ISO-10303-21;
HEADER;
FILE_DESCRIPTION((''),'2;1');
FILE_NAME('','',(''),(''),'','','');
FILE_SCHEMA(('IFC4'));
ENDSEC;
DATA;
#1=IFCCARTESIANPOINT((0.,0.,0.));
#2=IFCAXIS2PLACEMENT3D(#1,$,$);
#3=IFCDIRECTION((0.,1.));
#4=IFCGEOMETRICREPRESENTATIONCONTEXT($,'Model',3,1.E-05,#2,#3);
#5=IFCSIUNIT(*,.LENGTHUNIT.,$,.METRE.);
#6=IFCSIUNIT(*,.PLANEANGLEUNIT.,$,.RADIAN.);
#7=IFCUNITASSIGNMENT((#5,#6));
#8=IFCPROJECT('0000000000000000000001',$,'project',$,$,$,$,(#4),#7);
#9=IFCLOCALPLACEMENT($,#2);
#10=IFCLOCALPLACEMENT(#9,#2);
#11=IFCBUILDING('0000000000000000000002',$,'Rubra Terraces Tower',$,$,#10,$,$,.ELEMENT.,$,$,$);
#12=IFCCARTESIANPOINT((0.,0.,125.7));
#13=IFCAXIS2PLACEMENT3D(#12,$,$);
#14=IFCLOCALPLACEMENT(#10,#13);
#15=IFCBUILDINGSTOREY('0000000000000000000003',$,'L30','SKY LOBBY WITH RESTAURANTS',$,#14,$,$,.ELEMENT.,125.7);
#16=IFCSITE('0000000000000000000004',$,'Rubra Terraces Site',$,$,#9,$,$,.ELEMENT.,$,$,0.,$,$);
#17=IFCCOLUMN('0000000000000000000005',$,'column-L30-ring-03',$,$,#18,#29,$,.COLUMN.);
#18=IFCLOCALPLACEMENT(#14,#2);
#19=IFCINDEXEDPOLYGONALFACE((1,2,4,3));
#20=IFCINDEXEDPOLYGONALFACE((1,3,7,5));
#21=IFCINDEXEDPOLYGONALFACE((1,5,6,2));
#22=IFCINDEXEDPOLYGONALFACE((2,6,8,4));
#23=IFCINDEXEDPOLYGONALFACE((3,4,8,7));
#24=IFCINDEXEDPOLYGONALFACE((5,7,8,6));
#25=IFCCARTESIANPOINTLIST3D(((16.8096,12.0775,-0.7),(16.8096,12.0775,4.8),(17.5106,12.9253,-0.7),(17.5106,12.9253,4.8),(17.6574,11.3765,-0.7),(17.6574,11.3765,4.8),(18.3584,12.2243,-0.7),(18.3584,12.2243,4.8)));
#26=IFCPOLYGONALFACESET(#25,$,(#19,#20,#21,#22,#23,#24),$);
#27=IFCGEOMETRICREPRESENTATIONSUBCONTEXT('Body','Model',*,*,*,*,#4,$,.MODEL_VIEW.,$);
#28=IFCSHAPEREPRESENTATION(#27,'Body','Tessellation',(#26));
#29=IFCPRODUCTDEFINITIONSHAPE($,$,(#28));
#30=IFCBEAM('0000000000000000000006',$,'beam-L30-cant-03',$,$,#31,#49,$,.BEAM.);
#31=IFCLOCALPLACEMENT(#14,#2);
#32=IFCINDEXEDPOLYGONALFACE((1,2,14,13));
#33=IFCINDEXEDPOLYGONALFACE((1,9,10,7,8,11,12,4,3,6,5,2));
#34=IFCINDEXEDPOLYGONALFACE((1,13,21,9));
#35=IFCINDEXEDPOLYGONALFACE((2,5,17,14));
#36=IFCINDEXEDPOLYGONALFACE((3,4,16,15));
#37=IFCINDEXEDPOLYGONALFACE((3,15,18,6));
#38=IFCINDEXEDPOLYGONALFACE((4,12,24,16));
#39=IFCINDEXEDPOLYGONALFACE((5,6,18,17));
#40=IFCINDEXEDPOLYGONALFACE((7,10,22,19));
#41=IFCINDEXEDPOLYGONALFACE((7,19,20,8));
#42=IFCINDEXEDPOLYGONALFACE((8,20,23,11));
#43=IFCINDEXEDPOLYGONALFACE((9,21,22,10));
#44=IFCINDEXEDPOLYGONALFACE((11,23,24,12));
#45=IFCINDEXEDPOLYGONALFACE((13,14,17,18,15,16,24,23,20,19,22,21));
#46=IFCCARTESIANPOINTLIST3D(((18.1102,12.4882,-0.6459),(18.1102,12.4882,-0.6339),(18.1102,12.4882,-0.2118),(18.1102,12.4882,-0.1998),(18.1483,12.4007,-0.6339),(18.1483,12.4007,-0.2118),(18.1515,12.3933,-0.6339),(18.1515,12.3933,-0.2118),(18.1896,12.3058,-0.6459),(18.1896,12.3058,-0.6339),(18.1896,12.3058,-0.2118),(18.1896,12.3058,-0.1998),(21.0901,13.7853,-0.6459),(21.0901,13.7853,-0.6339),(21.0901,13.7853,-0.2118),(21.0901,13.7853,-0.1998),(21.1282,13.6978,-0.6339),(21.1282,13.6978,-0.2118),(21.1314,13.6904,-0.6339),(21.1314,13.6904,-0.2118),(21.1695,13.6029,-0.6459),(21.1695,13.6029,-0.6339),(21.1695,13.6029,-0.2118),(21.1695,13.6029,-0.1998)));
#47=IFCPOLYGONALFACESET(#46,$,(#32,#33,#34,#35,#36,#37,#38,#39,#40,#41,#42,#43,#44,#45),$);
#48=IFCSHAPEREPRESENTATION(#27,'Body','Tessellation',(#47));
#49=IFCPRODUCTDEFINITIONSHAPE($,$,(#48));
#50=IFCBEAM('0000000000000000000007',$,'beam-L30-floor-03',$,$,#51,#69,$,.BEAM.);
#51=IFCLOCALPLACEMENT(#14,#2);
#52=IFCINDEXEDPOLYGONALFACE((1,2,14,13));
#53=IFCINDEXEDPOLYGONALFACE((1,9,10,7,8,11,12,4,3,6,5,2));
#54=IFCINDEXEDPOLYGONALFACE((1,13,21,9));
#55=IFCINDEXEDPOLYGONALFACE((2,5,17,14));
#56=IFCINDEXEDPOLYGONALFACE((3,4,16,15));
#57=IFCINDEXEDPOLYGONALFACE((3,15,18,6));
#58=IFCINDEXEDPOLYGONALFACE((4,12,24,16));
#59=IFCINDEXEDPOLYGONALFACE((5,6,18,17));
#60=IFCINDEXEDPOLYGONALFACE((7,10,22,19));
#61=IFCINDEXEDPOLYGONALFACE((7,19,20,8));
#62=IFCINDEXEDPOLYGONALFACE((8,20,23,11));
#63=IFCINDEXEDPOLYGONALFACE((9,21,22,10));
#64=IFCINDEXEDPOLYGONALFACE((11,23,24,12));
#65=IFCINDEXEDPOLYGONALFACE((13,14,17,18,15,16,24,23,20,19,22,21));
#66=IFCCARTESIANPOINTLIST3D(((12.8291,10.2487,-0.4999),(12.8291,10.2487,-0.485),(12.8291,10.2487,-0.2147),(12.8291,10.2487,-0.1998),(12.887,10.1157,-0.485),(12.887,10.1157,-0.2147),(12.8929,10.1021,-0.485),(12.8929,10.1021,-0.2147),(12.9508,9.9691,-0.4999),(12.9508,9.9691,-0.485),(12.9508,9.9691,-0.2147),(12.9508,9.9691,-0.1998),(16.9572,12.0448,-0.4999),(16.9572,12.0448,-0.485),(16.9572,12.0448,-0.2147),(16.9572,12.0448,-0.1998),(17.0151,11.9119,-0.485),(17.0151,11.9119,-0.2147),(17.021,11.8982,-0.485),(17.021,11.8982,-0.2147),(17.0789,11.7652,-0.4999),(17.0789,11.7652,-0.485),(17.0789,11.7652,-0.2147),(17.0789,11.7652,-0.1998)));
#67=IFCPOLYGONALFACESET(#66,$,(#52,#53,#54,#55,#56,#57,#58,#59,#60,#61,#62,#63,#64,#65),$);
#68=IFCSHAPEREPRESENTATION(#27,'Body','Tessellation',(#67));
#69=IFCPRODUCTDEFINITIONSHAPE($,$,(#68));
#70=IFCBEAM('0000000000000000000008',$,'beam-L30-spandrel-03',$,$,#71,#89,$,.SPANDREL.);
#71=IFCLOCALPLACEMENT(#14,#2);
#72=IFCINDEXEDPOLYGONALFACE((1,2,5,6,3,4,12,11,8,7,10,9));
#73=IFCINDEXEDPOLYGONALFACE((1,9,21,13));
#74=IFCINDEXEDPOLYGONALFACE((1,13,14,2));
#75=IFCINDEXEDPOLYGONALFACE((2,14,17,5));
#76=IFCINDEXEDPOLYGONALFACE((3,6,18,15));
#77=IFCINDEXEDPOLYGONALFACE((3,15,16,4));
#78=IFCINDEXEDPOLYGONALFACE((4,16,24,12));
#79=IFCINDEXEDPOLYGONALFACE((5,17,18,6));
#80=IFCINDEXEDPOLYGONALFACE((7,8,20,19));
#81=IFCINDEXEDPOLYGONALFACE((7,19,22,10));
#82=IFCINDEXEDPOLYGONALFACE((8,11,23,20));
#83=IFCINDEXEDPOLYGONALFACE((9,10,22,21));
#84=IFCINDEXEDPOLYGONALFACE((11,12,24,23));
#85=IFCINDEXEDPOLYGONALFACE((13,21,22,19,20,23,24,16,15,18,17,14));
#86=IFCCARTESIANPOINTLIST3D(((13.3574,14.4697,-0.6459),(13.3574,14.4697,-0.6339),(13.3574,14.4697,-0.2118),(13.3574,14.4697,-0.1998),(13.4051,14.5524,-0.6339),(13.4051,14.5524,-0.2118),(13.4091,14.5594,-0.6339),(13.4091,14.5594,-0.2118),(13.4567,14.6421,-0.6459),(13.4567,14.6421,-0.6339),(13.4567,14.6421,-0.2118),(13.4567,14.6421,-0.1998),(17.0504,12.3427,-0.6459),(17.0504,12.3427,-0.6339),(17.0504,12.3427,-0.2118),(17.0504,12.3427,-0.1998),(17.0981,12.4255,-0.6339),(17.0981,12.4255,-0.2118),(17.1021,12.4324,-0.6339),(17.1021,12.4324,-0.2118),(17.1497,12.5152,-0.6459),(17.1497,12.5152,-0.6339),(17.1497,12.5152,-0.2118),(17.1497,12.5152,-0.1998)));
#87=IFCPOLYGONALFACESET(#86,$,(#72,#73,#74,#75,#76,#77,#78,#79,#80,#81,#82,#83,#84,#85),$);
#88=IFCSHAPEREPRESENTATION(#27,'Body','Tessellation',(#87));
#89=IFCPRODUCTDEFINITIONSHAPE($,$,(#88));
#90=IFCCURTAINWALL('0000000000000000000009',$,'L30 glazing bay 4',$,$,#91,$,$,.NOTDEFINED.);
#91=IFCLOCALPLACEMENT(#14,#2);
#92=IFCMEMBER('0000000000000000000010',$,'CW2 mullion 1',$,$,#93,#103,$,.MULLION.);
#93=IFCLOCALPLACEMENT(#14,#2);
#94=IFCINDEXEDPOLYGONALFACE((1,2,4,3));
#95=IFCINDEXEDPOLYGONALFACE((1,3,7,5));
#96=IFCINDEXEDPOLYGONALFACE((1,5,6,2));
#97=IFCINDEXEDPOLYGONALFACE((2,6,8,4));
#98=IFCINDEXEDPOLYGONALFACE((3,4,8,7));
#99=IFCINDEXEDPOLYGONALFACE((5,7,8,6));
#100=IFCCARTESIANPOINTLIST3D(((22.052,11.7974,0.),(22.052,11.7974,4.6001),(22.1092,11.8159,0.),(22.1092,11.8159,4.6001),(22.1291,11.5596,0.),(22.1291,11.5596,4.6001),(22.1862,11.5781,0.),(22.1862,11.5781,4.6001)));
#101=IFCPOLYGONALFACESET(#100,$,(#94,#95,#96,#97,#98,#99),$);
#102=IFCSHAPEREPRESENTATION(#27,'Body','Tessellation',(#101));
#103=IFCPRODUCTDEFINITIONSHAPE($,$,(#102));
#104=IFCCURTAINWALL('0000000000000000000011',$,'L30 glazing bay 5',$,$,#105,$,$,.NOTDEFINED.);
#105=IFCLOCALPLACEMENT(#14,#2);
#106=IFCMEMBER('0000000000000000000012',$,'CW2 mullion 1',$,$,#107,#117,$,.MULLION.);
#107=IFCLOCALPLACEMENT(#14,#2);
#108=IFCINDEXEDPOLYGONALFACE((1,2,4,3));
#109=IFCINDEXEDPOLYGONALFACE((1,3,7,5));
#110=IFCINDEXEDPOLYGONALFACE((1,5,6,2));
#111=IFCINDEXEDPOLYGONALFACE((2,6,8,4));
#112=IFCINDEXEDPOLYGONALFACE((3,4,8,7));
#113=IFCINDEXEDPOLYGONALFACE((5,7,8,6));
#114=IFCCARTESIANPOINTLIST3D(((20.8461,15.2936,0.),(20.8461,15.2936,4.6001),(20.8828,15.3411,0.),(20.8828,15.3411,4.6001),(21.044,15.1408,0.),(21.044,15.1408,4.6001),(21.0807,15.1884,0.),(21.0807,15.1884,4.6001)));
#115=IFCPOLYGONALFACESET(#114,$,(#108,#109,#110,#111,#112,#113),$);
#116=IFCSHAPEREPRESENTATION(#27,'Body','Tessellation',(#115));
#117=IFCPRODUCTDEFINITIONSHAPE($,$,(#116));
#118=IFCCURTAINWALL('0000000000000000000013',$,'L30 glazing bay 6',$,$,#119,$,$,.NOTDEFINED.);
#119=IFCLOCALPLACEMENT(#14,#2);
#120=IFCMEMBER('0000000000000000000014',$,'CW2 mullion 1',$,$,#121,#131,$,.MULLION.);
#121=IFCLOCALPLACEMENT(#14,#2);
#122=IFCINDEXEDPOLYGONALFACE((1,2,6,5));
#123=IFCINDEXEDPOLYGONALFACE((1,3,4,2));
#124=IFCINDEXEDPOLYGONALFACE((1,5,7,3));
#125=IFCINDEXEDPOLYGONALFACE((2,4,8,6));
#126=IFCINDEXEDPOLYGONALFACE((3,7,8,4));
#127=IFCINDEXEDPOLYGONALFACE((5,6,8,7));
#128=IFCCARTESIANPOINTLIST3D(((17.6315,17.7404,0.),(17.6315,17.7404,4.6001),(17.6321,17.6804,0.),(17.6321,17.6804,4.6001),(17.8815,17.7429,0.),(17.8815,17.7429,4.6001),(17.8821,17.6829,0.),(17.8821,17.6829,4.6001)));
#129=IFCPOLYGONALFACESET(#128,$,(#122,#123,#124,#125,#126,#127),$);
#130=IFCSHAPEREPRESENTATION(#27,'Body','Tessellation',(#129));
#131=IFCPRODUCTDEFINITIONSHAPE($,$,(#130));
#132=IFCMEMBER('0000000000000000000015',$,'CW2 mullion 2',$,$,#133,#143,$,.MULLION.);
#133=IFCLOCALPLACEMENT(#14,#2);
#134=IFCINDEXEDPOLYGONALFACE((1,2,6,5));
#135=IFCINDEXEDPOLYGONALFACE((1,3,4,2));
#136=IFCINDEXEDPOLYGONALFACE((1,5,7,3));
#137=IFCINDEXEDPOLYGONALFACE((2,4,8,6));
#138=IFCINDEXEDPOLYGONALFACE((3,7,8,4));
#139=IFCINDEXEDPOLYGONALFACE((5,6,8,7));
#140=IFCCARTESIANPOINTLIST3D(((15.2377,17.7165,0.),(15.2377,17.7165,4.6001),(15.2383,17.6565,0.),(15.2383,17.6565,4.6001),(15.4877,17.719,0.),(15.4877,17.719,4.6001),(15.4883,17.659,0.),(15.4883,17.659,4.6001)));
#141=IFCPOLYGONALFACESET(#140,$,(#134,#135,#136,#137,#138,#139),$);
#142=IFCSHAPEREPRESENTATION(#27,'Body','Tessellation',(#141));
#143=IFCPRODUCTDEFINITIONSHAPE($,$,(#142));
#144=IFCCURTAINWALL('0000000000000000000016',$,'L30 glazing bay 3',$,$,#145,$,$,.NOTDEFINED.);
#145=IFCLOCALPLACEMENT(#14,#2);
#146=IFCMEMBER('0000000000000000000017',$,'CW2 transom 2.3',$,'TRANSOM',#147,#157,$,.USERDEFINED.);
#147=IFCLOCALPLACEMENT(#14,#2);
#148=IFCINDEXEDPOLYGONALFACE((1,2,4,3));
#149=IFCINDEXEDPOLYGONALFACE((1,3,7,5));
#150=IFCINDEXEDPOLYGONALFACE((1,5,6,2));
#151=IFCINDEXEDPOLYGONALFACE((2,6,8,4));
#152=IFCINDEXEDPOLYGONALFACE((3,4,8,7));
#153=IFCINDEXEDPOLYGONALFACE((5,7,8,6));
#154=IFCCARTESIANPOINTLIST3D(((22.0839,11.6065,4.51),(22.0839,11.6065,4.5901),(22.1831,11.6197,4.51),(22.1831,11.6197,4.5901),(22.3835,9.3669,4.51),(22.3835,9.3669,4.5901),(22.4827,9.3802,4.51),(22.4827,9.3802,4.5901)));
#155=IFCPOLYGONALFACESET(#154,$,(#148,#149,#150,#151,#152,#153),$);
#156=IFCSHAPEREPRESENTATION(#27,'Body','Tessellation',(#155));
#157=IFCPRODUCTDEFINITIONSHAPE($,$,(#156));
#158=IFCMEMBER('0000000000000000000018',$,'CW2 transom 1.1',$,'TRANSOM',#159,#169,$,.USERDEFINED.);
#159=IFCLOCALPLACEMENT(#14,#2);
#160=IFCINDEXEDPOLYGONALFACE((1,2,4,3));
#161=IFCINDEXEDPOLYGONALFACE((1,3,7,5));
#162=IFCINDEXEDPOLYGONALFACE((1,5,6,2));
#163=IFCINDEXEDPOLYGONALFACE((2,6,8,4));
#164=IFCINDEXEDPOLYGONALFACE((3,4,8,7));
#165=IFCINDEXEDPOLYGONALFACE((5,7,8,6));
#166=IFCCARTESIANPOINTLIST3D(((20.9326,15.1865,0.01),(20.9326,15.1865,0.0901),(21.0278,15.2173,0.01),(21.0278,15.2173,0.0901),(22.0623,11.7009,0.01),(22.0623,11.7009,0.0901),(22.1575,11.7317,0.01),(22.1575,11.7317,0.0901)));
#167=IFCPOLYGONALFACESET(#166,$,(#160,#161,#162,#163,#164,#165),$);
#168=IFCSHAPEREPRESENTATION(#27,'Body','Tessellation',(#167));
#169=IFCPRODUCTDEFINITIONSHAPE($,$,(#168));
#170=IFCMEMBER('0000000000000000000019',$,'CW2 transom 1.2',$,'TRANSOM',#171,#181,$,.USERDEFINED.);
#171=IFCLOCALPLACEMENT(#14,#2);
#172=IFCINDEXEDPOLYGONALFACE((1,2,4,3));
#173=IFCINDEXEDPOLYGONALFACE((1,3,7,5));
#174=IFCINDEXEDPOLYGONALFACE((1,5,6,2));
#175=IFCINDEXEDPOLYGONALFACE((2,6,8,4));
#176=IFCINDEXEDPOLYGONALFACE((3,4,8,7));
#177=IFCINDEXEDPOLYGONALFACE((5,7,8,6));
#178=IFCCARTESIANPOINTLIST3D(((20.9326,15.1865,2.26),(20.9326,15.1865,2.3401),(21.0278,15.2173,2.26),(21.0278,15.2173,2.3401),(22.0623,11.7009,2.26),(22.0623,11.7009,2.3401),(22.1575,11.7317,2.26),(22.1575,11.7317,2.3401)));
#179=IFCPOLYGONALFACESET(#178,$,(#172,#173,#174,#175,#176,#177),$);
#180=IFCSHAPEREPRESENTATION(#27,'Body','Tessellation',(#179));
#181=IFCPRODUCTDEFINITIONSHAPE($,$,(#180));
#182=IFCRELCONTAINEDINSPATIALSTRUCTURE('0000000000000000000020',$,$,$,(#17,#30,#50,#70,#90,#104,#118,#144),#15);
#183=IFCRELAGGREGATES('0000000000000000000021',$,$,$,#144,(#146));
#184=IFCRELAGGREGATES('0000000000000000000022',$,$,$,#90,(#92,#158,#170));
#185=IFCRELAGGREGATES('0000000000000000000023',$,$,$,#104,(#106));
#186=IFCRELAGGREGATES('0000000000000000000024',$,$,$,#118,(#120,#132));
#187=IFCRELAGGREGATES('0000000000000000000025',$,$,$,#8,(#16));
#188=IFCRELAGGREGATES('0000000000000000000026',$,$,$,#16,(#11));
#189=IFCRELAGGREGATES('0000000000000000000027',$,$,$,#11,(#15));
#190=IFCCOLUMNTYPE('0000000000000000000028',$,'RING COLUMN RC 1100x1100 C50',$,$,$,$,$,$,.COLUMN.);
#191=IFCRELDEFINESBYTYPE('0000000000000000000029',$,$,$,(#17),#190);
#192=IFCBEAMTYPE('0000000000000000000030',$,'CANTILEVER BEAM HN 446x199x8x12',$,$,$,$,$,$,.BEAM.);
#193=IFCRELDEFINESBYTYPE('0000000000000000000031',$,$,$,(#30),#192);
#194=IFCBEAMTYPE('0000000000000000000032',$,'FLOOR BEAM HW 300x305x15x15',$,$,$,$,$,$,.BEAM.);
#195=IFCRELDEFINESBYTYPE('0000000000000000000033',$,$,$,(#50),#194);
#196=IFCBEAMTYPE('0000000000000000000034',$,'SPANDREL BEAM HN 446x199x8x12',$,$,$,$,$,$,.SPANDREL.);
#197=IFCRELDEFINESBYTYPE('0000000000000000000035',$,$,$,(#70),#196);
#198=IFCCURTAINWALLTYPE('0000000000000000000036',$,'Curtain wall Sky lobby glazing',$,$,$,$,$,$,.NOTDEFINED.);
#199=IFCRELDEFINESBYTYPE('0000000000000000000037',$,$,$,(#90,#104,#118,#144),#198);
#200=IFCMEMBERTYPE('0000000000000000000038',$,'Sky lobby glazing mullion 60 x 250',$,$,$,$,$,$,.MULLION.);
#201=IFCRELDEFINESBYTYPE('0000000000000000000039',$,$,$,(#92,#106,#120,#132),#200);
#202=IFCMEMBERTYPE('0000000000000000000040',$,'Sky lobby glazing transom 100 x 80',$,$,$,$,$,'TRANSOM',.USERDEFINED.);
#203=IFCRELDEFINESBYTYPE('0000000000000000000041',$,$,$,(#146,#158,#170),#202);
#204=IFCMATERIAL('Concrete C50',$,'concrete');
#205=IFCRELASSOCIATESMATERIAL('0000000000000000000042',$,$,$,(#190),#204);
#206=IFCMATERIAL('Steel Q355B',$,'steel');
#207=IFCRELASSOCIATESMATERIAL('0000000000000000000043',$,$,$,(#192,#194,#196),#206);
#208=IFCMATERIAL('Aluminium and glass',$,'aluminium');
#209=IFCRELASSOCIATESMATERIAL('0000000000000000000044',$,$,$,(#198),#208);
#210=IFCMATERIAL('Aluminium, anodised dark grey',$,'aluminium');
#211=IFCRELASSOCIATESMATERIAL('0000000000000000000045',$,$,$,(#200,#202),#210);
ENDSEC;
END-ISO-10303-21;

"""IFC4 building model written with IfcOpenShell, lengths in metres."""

from ifc_helpers import new_model, si_unit, direction, frame, origin, origin_2d, place, context, subcontext, project, spatial, rectangle, i_section, extrude, material, material_profile, profile_set, type_object, element, aggregate, save


model = new_model("IFC4")

# Units and contexts
model_context = context("Model", 3, precision=1e-05, world=origin(), true_north=direction((0.0, 1.0)))
body_context = subcontext(model_context, "Body", "Model", "MODEL_VIEW")
ifc_project = project(units=[si_unit("LENGTHUNIT", "METRE"), si_unit("PLANEANGLEUNIT", "RADIAN")], contexts=[model_context])

# Site, building, storey
site_placement = place(None, origin())
site = spatial("IfcSite", under=ifc_project, at=site_placement, Name="Rubra Terraces Site", CompositionType="ELEMENT", RefElevation=0.0)
building_placement = place(site_placement, origin())
building = spatial("IfcBuilding", under=site, at=building_placement, Name="Rubra Terraces Tower", CompositionType="ELEMENT")
storey_placement = place(building_placement, frame((0.0, 0.0, 125.7)))
storey = spatial("IfcBuildingStorey", under=building, at=storey_placement, Name="L30", Description="SKY LOBBY WITH RESTAURANTS", CompositionType="ELEMENT", Elevation=125.7)

# Column
ifc_material_1 = material(Name="Concrete C50", Category="concrete")
ifc_material_profile_1 = material_profile(ifc_material_1, rectangle(XDim=1.1001, YDim=1.1001, at=origin_2d()), Name="RC 1100x1100")
ifc_profile_set_1 = profile_set([ifc_material_profile_1], Name="Concrete C50")
column_type = type_object("IfcColumnType", Name="RING COLUMN RC 1100x1100 C50", PredefinedType="COLUMN", material=ifc_profile_set_1)
column_placement = place(storey_placement, frame((17.584, 12.1509, -0.7), z_axis=(0.0, 0.0, 1.0), x_axis=(-0.770679, 0.637223, 0.0)))
element("IfcColumn", 1, at=column_placement, inside=storey, type_object=column_type, Name="column-L30-ring-03", PredefinedType="COLUMN", context=body_context, shape_type="SweptSolid", body=[
    extrude(rectangle(XDim=1.1001, YDim=1.1001, at=origin_2d()), origin(), (0.0, 0.0, 1.0), 5.5),
])

# Beams
ifc_material_2 = material(Name="Steel Q355B", Category="steel")
ifc_material_profile_2 = material_profile(ifc_material_2, i_section(OverallWidth=0.199, OverallDepth=0.446, WebThickness=0.0081, FlangeThickness=0.012, at=origin_2d()), Name="HN 446x199x8x12")
ifc_profile_set_2 = profile_set([ifc_material_profile_2], Name="Steel Q355B")
beam_type_1 = type_object("IfcBeamType", Name="CANTILEVER BEAM HN 446x199x8x12", PredefinedType="BEAM", material=ifc_profile_set_2)
beam_1_placement = place(storey_placement, frame((18.1499, 12.397, -0.4229), z_axis=(0.916904, 0.399108, 0.0), x_axis=(-0.399108, 0.916904, 0.0)))
element("IfcBeam", 2, at=beam_1_placement, inside=storey, type_object=beam_type_1, Name="beam-L30-cant-03", PredefinedType="BEAM", context=body_context, shape_type="SweptSolid", body=[
    extrude(i_section(OverallWidth=0.199, OverallDepth=0.446, WebThickness=0.0081, FlangeThickness=0.012, at=origin_2d()), origin(), (0.0, 0.0, 1.0), 3.25),
])
ifc_material_profile_3 = material_profile(ifc_material_2, i_section(OverallWidth=0.3049, OverallDepth=0.3, WebThickness=0.0149, FlangeThickness=0.0149, at=origin_2d()), Name="HW 300x305x15x15")
ifc_profile_set_3 = profile_set([ifc_material_profile_3], Name="Steel Q355B")
beam_type_2 = type_object("IfcBeamType", Name="FLOOR BEAM HW 300x305x15x15", PredefinedType="BEAM", material=ifc_profile_set_3)
beam_2_placement = place(storey_placement, frame((17.0181, 11.905, -0.3499), z_axis=(-0.916966, -0.398966, 0.0), x_axis=(0.398966, -0.916966, 0.0)))
element("IfcBeam", 3, at=beam_2_placement, inside=storey, type_object=beam_type_2, Name="beam-L30-floor-03", PredefinedType="BEAM", context=body_context, shape_type="SweptSolid", body=[
    extrude(i_section(OverallWidth=0.3049, OverallDepth=0.3, WebThickness=0.0149, FlangeThickness=0.0149, at=origin_2d()), origin(), (0.0, 0.0, 1.0), 4.502),
])
ifc_material_profile_4 = material_profile(ifc_material_2, i_section(OverallWidth=0.199, OverallDepth=0.446, WebThickness=0.0081, FlangeThickness=0.012, at=origin_2d()), Name="HN 446x199x8x12")
ifc_profile_set_4 = profile_set([ifc_material_profile_4], Name="Steel Q355B")
beam_type_3 = type_object("IfcBeamType", Name="SPANDREL BEAM HN 446x199x8x12", PredefinedType="SPANDREL", material=ifc_profile_set_4)
beam_3_placement = place(storey_placement, frame((17.1001, 12.429, -0.4229), z_axis=(-0.86656, 0.499073, 0.0), x_axis=(-0.499073, -0.86656, 0.0)))
element("IfcBeam", 4, at=beam_3_placement, inside=storey, type_object=beam_type_3, Name="beam-L30-spandrel-03", PredefinedType="SPANDREL", context=body_context, shape_type="SweptSolid", body=[
    extrude(i_section(OverallWidth=0.199, OverallDepth=0.446, WebThickness=0.0081, FlangeThickness=0.012, at=origin_2d()), origin(), (0.0, 0.0, 1.0), 4.2617),
])

# Curtain walls, members
ifc_material_3 = material(Name="Aluminium and glass", Category="aluminium")
curtain_wall_type = type_object("IfcCurtainWallType", Name="Curtain wall Sky lobby glazing", PredefinedType="NOTDEFINED", material=ifc_material_3)
curtain_wall_1_placement = place(storey_placement, origin())
curtain_wall_1 = element("IfcCurtainWall", 5, at=curtain_wall_1_placement, inside=storey, type_object=curtain_wall_type, Name="L30 glazing bay 4", PredefinedType="NOTDEFINED")
ifc_material_4 = material(Name="Aluminium, anodised dark grey", Category="aluminium")
ifc_material_profile_5 = material_profile(ifc_material_4, rectangle(XDim=0.0601, YDim=0.25, at=origin_2d()), Name="AL 60x250")
ifc_profile_set_5 = profile_set([ifc_material_profile_5], Name="Aluminium, anodised dark grey")
member_type_1 = type_object("IfcMemberType", Name="Sky lobby glazing mullion 60 x 250", PredefinedType="MULLION", material=ifc_profile_set_5)
member_1_placement = place(storey_placement, frame((22.1191, 11.6877, 0.0), z_axis=(0.0, 0.0, 1.0), x_axis=(-0.95128, -0.308328, 0.0)))
member_1 = element("IfcMember", 6, at=member_1_placement, type_object=member_type_1, Name="CW2 mullion 1", PredefinedType="MULLION", context=body_context, shape_type="SweptSolid", body=[
    extrude(rectangle(XDim=0.0601, YDim=0.25, at=origin_2d()), origin(), (0.0, 0.0, 1.0), 4.6001),
])
curtain_wall_2_placement = place(storey_placement, origin())
curtain_wall_2 = element("IfcCurtainWall", 7, at=curtain_wall_2_placement, inside=storey, type_object=curtain_wall_type, Name="L30 glazing bay 5", PredefinedType="NOTDEFINED")
member_2_placement = place(storey_placement, frame((20.9634, 15.241, 0.0), z_axis=(0.0, 0.0, 1.0), x_axis=(-0.610948, -0.791671, 0.0)))
member_2 = element("IfcMember", 8, at=member_2_placement, type_object=member_type_1, Name="CW2 mullion 1", PredefinedType="MULLION", context=body_context, shape_type="SweptSolid", body=[
    extrude(rectangle(XDim=0.0601, YDim=0.25, at=origin_2d()), origin(), (0.0, 0.0, 1.0), 4.6001),
])

# Curtain wall, members
curtain_wall_3_placement = place(storey_placement, origin())
curtain_wall_3 = element("IfcCurtainWall", 9, at=curtain_wall_3_placement, inside=storey, type_object=curtain_wall_type, Name="L30 glazing bay 6", PredefinedType="NOTDEFINED")
member_3_placement = place(storey_placement, frame((17.7568, 17.7117, 0.0), z_axis=(0.0, 0.0, 1.0), x_axis=(0.009984, -0.99995, 0.0)))
member_3 = element("IfcMember", 10, at=member_3_placement, type_object=member_type_1, Name="CW2 mullion 1", PredefinedType="MULLION", context=body_context, shape_type="SweptSolid", body=[
    extrude(rectangle(XDim=0.0601, YDim=0.25, at=origin_2d()), origin(), (0.0, 0.0, 1.0), 4.6001),
])
member_4_placement = place(storey_placement, frame((15.363, 17.6877, 0.0), z_axis=(0.0, 0.0, 1.0), x_axis=(0.009984, -0.99995, 0.0)))
member_4 = element("IfcMember", 11, at=member_4_placement, type_object=member_type_1, Name="CW2 mullion 2", PredefinedType="MULLION", context=body_context, shape_type="SweptSolid", body=[
    extrude(rectangle(XDim=0.0601, YDim=0.25, at=origin_2d()), origin(), (0.0, 0.0, 1.0), 4.6001),
])

# Curtain wall, member
curtain_wall_4_placement = place(storey_placement, origin())
curtain_wall_4 = element("IfcCurtainWall", 12, at=curtain_wall_4_placement, inside=storey, type_object=curtain_wall_type, Name="L30 glazing bay 3", PredefinedType="NOTDEFINED")
ifc_material_profile_6 = material_profile(ifc_material_4, rectangle(XDim=0.1001, YDim=0.0801, at=origin_2d()), Name="AL 100x80")
ifc_profile_set_6 = profile_set([ifc_material_profile_6], Name="Aluminium, anodised dark grey")
member_type_2 = type_object("IfcMemberType", Name="Sky lobby glazing transom 100 x 80", ElementType="TRANSOM", PredefinedType="USERDEFINED", material=ifc_profile_set_6)
member_5_placement = place(storey_placement, frame((22.4331, 9.3735, 4.55), z_axis=(-0.132581, 0.991172, 0.0), x_axis=(-0.991172, -0.132581, 0.0)))
member_5 = element("IfcMember", 13, at=member_5_placement, type_object=member_type_2, Name="CW2 transom 2.3", ObjectType="TRANSOM", PredefinedType="USERDEFINED", context=body_context, shape_type="SweptSolid", body=[
    extrude(rectangle(XDim=0.1001, YDim=0.0801, at=origin_2d()), origin(), (0.0, 0.0, 1.0), 2.2595),
])

# Members
member_6_placement = place(storey_placement, frame((22.1099, 11.7163, 0.05), z_axis=(-0.308301, 0.951289, 0.0), x_axis=(-0.951289, -0.308301, 0.0)))
member_6 = element("IfcMember", 14, at=member_6_placement, type_object=member_type_2, Name="CW2 transom 1.1", ObjectType="TRANSOM", PredefinedType="USERDEFINED", context=body_context, shape_type="SweptSolid", body=[
    extrude(rectangle(XDim=0.1001, YDim=0.0801, at=origin_2d()), origin(), (0.0, 0.0, 1.0), 3.6641),
])
member_7_placement = place(storey_placement, frame((22.1099, 11.7163, 2.3), z_axis=(-0.308301, 0.951289, 0.0), x_axis=(-0.951289, -0.308301, 0.0)))
member_7 = element("IfcMember", 15, at=member_7_placement, type_object=member_type_2, Name="CW2 transom 1.2", ObjectType="TRANSOM", PredefinedType="USERDEFINED", context=body_context, shape_type="SweptSolid", body=[
    extrude(rectangle(XDim=0.1001, YDim=0.0801, at=origin_2d()), origin(), (0.0, 0.0, 1.0), 3.6641),
])

aggregate(curtain_wall_4, [member_5])
aggregate(curtain_wall_1, [member_1, member_6, member_7])
aggregate(curtain_wall_2, [member_2])
aggregate(curtain_wall_3, [member_3, member_4])

save(model, "model.ifc")
